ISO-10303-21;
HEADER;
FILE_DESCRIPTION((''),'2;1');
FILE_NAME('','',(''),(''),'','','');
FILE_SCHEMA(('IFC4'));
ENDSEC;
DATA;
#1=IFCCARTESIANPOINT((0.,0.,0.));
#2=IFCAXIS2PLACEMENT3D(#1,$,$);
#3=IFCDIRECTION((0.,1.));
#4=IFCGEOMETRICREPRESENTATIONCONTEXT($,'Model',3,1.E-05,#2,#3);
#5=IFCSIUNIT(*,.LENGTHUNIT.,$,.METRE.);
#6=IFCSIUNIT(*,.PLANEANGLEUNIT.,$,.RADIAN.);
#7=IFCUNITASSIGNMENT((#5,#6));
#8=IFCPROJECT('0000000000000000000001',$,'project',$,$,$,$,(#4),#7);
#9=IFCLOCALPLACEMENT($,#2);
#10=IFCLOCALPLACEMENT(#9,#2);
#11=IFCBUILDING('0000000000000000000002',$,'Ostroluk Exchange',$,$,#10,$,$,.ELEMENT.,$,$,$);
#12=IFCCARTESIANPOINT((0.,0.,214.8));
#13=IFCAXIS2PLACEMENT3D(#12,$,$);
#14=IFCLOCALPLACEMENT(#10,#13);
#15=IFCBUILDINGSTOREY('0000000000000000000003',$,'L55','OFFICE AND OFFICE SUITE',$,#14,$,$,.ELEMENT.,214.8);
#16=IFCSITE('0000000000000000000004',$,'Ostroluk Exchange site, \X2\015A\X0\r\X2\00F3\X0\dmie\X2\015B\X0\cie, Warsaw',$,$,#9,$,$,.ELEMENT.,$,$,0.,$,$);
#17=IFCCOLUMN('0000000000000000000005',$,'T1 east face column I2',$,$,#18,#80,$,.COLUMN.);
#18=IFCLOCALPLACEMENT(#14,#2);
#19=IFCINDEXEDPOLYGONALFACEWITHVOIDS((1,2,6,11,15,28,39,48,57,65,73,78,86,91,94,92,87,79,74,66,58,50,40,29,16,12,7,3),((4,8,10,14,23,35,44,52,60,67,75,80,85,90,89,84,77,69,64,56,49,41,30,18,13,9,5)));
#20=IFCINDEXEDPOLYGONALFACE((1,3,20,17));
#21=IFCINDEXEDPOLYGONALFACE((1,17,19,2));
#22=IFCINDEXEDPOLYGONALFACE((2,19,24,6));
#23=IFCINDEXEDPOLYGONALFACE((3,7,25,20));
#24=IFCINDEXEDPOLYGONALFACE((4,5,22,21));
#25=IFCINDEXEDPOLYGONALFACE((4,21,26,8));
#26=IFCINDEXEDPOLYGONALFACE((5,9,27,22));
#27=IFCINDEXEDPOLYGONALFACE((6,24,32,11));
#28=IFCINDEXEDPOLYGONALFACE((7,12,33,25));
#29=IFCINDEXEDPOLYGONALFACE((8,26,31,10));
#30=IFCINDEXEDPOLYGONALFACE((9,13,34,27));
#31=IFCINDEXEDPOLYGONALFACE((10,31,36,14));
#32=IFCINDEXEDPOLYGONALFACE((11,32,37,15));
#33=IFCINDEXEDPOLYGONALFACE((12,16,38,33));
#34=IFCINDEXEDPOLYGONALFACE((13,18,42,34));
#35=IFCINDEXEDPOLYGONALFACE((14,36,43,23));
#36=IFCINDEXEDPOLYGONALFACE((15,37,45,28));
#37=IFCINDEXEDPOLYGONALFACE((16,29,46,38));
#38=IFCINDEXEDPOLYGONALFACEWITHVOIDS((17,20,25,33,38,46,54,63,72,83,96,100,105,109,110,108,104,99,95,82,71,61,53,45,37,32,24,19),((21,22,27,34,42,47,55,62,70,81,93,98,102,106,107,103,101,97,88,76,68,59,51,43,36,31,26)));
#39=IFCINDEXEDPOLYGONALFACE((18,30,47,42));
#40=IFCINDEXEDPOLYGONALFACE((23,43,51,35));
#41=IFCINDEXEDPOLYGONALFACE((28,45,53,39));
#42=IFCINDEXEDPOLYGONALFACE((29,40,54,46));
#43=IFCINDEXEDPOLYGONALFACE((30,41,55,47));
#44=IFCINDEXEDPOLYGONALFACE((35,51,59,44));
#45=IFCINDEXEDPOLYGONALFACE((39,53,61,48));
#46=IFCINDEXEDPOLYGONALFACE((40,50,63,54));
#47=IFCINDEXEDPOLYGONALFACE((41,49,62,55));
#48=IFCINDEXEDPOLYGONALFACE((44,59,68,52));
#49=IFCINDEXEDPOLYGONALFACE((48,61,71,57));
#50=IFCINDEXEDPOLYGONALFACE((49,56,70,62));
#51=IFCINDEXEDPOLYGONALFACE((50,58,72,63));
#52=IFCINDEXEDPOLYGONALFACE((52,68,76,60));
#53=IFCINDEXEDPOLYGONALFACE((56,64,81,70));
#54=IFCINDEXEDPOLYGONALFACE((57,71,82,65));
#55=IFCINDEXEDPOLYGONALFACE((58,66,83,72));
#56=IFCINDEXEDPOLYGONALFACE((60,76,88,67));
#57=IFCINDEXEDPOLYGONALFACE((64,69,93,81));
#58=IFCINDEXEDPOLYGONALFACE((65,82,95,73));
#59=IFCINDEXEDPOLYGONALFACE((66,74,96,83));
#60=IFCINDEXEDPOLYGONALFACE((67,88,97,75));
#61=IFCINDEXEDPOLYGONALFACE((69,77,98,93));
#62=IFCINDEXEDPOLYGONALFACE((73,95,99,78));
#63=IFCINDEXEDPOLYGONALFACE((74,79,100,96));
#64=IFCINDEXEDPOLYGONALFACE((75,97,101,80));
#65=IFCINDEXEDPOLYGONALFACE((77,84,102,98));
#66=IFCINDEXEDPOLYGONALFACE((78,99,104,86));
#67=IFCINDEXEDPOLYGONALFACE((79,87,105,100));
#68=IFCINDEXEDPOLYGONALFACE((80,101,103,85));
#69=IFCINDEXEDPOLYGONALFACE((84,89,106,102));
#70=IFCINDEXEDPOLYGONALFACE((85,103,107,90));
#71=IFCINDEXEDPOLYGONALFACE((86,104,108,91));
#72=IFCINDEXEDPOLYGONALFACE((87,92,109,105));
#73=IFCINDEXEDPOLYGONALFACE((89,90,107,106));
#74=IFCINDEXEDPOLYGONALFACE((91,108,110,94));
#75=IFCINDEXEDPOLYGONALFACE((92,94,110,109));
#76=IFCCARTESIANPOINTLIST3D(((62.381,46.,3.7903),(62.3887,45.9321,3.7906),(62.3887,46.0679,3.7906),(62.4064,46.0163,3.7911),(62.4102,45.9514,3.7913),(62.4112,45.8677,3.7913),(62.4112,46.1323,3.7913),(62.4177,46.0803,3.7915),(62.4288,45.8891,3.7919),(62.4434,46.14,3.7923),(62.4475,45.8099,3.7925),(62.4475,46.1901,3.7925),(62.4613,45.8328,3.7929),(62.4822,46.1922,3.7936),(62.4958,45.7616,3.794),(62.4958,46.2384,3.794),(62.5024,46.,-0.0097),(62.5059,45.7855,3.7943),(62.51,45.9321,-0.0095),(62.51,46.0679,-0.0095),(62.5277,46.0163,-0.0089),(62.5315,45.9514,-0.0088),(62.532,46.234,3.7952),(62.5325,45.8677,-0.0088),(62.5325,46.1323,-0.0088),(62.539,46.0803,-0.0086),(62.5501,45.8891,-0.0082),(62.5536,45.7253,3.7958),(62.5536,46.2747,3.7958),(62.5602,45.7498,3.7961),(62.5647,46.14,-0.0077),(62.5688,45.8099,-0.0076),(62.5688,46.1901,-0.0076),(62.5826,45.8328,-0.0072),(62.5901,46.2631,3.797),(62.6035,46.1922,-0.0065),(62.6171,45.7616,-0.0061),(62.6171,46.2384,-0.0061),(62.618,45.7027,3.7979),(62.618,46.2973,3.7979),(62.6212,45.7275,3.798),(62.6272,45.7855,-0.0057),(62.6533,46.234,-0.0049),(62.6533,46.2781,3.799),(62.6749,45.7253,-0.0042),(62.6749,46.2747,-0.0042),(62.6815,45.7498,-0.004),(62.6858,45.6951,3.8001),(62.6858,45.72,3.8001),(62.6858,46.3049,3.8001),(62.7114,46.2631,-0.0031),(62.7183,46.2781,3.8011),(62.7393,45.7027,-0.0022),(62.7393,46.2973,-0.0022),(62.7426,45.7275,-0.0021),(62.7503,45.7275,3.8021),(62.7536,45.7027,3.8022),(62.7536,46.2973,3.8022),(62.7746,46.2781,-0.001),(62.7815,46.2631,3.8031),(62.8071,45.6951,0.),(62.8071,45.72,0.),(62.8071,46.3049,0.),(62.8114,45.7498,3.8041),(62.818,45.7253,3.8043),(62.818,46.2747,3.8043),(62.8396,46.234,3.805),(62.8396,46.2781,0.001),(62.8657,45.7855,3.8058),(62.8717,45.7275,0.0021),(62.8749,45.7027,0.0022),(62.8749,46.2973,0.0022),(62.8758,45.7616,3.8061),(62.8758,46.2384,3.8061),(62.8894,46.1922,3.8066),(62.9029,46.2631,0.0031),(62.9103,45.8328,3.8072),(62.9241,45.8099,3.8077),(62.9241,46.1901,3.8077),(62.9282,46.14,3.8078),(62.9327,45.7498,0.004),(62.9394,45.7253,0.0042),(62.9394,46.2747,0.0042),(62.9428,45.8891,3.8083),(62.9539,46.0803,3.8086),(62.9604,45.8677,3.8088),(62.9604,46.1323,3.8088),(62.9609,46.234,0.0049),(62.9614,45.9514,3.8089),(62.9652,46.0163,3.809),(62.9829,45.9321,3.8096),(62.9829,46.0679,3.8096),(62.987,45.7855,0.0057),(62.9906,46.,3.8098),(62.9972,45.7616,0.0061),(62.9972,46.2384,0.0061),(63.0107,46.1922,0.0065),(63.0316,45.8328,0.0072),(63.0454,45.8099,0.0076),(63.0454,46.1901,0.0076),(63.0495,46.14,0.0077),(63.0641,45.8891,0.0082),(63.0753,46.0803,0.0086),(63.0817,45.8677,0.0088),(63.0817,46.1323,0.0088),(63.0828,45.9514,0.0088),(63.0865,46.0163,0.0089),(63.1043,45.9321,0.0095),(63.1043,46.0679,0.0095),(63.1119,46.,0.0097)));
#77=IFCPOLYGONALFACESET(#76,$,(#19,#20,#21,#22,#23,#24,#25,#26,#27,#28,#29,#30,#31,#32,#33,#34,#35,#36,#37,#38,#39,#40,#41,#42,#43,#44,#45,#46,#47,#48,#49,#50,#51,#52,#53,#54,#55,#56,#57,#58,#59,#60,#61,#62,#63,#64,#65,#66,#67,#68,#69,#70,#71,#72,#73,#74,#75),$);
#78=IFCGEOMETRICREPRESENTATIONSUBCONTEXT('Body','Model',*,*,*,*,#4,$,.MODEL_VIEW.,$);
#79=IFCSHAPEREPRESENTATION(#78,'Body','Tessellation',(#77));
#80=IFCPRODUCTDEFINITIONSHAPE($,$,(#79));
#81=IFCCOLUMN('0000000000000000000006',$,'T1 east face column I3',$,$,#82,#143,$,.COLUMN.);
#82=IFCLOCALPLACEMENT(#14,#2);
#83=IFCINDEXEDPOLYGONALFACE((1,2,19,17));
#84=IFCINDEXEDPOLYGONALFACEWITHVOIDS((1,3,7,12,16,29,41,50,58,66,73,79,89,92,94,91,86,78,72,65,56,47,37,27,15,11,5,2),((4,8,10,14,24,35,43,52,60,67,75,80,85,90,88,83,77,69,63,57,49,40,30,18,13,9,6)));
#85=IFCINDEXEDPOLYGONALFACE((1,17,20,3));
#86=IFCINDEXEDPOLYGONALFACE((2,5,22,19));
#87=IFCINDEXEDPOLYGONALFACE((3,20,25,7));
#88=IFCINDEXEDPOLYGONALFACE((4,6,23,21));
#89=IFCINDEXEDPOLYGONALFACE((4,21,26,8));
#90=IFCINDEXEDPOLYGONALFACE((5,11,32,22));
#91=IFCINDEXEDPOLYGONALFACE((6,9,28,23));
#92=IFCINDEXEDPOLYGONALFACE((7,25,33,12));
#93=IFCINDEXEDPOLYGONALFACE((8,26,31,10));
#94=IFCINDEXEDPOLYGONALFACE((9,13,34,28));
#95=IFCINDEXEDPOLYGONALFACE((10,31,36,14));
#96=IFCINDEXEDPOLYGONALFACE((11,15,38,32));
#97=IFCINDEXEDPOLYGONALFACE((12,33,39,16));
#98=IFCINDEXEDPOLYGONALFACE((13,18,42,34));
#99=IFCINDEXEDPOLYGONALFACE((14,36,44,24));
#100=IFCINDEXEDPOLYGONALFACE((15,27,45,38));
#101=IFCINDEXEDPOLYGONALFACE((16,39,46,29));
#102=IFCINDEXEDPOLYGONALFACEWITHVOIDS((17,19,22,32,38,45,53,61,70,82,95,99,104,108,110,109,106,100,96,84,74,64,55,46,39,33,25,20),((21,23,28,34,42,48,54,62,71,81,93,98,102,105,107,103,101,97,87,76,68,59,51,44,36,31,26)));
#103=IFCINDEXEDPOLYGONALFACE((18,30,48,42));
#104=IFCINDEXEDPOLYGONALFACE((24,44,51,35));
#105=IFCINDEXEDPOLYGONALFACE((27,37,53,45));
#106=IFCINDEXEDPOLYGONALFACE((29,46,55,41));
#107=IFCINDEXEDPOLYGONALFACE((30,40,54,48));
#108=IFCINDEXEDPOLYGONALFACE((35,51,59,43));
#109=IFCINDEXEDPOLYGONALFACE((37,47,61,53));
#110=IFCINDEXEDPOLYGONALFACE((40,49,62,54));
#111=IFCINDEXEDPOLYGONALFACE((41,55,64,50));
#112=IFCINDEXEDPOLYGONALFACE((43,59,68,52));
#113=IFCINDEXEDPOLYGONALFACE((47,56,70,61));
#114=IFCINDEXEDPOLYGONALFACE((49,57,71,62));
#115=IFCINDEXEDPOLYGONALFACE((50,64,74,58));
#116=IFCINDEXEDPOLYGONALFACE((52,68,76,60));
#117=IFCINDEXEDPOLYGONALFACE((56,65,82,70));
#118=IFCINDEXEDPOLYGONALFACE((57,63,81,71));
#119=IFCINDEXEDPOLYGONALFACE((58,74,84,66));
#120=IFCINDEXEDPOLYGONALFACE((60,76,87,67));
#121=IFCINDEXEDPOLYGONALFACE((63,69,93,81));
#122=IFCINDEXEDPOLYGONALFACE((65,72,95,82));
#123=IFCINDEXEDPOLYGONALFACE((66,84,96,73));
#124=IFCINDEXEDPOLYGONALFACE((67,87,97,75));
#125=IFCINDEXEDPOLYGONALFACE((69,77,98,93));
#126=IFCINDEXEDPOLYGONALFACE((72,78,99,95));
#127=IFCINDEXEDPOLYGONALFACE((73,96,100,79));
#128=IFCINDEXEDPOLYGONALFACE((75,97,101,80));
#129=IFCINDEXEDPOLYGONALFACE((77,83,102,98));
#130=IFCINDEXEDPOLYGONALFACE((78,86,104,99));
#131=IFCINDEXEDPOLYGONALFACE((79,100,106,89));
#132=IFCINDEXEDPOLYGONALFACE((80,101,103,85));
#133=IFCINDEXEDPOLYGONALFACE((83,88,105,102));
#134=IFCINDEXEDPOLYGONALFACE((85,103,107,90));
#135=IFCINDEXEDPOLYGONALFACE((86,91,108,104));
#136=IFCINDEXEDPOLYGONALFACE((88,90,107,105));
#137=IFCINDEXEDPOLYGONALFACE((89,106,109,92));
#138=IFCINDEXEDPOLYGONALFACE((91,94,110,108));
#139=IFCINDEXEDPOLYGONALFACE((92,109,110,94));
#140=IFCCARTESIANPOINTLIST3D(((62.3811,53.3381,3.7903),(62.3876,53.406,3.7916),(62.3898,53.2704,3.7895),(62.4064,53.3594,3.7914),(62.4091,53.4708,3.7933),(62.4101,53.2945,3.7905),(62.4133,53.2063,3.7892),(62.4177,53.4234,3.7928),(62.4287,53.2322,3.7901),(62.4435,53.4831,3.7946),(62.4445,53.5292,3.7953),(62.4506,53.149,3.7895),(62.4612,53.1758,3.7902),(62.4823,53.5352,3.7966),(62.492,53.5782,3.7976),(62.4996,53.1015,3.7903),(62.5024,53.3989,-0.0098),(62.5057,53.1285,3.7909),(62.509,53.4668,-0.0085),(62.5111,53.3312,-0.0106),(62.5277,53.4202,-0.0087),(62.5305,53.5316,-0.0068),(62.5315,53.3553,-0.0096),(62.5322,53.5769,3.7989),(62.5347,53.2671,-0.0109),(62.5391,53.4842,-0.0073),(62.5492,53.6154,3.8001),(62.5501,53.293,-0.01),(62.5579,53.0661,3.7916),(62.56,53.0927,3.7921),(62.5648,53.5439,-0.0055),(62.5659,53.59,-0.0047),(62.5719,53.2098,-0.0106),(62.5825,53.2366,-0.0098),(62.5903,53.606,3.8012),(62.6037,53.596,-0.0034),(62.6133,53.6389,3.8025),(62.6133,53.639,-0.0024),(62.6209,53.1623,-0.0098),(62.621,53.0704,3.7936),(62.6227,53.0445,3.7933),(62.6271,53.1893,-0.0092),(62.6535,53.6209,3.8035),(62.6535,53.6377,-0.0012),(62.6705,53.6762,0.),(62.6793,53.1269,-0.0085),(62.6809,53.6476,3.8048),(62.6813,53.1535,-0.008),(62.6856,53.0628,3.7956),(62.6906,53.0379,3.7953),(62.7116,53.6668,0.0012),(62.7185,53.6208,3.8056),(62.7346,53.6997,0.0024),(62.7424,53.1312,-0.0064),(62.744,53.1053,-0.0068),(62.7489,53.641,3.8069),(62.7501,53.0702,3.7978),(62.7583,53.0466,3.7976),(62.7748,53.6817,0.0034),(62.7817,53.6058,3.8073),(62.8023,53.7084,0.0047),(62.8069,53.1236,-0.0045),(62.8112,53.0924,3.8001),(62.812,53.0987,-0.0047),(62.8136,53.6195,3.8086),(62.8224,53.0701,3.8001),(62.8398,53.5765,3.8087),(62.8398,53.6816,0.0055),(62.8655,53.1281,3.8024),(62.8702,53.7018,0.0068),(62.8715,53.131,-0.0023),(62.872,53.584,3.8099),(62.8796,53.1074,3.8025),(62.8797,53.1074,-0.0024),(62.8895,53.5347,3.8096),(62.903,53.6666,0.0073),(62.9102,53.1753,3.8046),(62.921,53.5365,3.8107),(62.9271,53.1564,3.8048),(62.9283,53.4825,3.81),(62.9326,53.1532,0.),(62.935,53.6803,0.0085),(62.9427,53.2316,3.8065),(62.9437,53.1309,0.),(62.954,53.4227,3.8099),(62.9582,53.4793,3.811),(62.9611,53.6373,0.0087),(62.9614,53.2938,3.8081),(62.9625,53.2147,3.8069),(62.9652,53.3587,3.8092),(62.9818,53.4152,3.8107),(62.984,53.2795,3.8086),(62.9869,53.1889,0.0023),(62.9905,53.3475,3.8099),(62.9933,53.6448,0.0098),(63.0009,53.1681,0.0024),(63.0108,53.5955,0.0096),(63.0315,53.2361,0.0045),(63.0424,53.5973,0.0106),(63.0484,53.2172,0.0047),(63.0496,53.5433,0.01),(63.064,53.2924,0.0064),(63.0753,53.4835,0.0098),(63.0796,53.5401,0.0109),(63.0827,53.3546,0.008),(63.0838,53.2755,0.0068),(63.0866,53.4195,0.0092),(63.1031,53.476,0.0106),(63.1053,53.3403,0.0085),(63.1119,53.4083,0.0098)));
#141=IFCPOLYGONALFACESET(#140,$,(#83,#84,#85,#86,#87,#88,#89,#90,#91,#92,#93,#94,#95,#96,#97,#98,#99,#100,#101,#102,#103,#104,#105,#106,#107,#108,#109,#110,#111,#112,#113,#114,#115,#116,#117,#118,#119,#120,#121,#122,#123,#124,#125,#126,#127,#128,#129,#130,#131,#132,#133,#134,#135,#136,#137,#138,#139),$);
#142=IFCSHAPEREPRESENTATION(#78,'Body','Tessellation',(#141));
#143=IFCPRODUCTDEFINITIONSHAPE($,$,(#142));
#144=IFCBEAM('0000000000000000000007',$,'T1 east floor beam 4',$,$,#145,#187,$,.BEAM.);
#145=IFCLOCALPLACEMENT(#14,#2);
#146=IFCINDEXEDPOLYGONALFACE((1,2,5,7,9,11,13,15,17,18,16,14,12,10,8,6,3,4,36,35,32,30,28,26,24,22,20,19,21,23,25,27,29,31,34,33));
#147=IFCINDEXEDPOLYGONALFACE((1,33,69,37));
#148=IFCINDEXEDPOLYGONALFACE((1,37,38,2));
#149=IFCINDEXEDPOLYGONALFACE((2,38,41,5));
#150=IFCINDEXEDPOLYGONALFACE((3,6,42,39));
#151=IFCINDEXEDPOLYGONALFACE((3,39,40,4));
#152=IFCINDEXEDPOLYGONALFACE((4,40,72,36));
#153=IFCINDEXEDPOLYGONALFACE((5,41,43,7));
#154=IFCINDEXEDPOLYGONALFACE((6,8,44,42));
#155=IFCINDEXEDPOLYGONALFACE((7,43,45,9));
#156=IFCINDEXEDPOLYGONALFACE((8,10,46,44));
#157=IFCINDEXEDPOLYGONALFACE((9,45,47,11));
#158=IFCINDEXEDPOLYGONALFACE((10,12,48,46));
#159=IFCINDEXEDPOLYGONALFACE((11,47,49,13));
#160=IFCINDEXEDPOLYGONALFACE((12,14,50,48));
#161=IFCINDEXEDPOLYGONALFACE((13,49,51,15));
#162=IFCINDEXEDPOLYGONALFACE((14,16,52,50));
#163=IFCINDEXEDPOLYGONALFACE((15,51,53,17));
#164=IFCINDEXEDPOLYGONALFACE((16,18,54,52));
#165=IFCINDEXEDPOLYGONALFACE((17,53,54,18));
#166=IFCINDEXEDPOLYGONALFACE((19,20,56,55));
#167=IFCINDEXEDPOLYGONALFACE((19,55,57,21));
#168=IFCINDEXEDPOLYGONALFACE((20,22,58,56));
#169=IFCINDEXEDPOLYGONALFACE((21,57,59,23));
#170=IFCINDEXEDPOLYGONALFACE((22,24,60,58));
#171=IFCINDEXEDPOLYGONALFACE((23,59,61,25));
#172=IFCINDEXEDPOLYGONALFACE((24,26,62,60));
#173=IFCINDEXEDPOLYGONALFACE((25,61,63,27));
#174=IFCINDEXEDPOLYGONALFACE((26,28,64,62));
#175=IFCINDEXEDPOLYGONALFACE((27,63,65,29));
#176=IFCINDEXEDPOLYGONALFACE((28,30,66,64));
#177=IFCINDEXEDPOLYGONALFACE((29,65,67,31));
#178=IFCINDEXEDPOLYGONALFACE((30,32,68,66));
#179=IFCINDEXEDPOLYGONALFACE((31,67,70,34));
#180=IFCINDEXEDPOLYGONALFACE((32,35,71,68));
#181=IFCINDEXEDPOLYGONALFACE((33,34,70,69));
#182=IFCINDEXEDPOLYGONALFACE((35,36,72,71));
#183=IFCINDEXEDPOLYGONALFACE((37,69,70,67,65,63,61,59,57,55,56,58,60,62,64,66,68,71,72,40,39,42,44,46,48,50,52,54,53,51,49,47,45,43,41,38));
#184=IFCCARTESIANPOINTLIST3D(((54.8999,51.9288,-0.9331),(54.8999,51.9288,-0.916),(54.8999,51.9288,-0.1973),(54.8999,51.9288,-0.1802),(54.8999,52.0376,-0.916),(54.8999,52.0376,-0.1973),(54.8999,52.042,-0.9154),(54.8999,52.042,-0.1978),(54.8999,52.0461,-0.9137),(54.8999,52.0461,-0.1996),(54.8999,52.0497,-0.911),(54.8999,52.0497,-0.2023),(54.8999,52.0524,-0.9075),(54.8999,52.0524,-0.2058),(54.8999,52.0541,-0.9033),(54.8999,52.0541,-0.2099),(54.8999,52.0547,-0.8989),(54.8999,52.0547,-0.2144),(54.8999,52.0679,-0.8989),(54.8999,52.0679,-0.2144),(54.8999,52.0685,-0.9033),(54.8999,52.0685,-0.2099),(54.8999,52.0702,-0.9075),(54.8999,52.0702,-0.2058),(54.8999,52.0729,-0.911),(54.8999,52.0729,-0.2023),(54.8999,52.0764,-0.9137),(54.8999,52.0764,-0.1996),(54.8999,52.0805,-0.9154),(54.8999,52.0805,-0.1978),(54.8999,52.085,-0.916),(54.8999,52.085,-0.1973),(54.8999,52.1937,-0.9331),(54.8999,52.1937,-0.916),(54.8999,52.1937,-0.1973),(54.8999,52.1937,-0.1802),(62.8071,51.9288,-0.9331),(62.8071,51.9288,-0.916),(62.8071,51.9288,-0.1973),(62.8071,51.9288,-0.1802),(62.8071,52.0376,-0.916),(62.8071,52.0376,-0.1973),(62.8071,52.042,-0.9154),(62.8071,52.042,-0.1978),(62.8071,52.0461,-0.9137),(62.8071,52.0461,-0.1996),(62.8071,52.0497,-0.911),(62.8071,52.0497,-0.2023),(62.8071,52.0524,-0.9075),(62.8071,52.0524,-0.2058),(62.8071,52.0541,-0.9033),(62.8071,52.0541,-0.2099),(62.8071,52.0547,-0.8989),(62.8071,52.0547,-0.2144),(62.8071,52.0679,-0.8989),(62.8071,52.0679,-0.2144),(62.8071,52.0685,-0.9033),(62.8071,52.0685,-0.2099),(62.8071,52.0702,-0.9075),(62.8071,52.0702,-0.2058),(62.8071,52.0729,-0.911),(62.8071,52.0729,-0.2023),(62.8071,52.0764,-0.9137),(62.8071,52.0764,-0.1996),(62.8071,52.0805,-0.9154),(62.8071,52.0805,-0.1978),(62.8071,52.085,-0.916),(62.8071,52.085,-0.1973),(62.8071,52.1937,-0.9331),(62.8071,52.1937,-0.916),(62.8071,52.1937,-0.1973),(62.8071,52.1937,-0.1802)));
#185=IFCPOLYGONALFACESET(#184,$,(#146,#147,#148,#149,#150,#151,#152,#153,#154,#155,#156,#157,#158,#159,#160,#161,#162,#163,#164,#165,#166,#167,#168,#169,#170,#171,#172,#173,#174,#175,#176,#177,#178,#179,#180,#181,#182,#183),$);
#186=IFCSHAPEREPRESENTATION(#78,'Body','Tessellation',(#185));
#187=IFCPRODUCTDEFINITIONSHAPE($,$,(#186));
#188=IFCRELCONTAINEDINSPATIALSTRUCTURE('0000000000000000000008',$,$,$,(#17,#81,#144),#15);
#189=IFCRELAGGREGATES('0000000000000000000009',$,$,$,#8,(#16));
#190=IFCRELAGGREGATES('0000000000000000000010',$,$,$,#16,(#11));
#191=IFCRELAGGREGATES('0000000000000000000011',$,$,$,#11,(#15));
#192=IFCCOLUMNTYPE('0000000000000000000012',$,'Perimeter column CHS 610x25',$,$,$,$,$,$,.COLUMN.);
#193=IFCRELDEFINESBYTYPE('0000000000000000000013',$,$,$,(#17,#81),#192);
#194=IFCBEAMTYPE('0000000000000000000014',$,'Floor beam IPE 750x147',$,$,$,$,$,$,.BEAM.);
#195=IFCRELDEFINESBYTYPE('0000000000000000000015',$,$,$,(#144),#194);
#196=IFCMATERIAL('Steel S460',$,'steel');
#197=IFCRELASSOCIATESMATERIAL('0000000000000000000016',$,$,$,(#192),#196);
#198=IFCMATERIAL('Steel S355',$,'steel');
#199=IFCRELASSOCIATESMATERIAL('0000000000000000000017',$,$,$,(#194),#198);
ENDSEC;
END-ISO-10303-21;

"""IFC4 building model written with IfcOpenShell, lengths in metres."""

from ifc_helpers import new_model, si_unit, direction, frame, origin, origin_2d, place, context, subcontext, project, spatial, hollow_circle, i_section, extrude, material, material_profile, profile_set, type_object, element, save


model = new_model("IFC4")

# Units and contexts
model_context = context("Model", 3, precision=1e-05, world=origin(), true_north=direction((0.0, 1.0)))
body_context = subcontext(model_context, "Body", "Model", "MODEL_VIEW")
ifc_project = project(units=[si_unit("LENGTHUNIT", "METRE"), si_unit("PLANEANGLEUNIT", "RADIAN")], contexts=[model_context])

# Site, building, storey
site_placement = place(None, origin())
site = spatial("IfcSite", under=ifc_project, at=site_placement, Name="Ostroluk Exchange site, Śródmieście, Warsaw", CompositionType="ELEMENT", RefElevation=0.0)
building_placement = place(site_placement, origin())
building = spatial("IfcBuilding", under=site, at=building_placement, Name="Ostroluk Exchange", CompositionType="ELEMENT")
storey_placement = place(building_placement, frame((0.0, 0.0, 214.8)))
storey = spatial("IfcBuildingStorey", under=building, at=storey_placement, Name="L55", Description="OFFICE AND OFFICE SUITE", CompositionType="ELEMENT", Elevation=214.8)

# Columns
ifc_material_1 = material(Name="Steel S460", Category="steel")
ifc_material_profile_1 = material_profile(ifc_material_1, hollow_circle(Radius=0.3049, WallThickness=0.0249, at=origin_2d()), Name="CHS 610x25")
ifc_profile_set_1 = profile_set([ifc_material_profile_1], Name="Steel S460")
column_type = type_object("IfcColumnType", Name="Perimeter column CHS 610x25", PredefinedType="COLUMN", material=ifc_profile_set_1)
column_1_placement = place(storey_placement, frame((62.8071, 46.0, 0.0), z_axis=(-0.031914, 0.0, 0.999491), x_axis=(0.0, -1.0, 0.0)))
element("IfcColumn", 1, at=column_1_placement, inside=storey, type_object=column_type, Name="T1 east face column I2", PredefinedType="COLUMN", context=body_context, shape_type="SweptSolid", body=[
    extrude(hollow_circle(Radius=0.3049, WallThickness=0.0249, at=origin_2d()), origin(), (0.0, 0.0, 1.0), 3.802),
])
column_2_placement = place(storey_placement, frame((62.8071, 53.4036, 0.0), z_axis=(-0.03191, -0.015987, 0.999363), x_axis=(0.447933, -0.894067, 0.0)))
element("IfcColumn", 2, at=column_2_placement, inside=storey, type_object=column_type, Name="T1 east face column I3", PredefinedType="COLUMN", context=body_context, shape_type="SweptSolid", body=[
    extrude(hollow_circle(Radius=0.3049, WallThickness=0.0249, at=origin_2d()), origin(), (0.0, 0.0, 1.0), 3.8025),
])

# Beam
ifc_material_2 = material(Name="Steel S355", Category="steel")
ifc_material_profile_2 = material_profile(ifc_material_2, i_section(OverallWidth=0.2649, OverallDepth=0.7529, WebThickness=0.0132, FlangeThickness=0.0171, FilletRadius=0.0171, at=origin_2d()), Name="IPE 750x147")
ifc_profile_set_2 = profile_set([ifc_material_profile_2], Name="Steel S355")
beam_type_1 = type_object("IfcBeamType", Name="Floor beam IPE 750x147", PredefinedType="BEAM", material=ifc_profile_set_2)
beam_placement = place(storey_placement, frame((54.8999, 52.0613, -0.5566), z_axis=(1.0, 0.0, 0.0), x_axis=(0.0, 1.0, 0.0)))
element("IfcBeam", 3, at=beam_placement, inside=storey, type_object=beam_type_1, Name="T1 east floor beam 4", PredefinedType="BEAM", context=body_context, shape_type="SweptSolid", body=[
    extrude(i_section(OverallWidth=0.2649, OverallDepth=0.7529, WebThickness=0.0132, FlangeThickness=0.0171, FilletRadius=0.0171, at=origin_2d()), origin(), (0.0, 0.0, 1.0), 7.9072),
])

save(model, "model.ifc")
